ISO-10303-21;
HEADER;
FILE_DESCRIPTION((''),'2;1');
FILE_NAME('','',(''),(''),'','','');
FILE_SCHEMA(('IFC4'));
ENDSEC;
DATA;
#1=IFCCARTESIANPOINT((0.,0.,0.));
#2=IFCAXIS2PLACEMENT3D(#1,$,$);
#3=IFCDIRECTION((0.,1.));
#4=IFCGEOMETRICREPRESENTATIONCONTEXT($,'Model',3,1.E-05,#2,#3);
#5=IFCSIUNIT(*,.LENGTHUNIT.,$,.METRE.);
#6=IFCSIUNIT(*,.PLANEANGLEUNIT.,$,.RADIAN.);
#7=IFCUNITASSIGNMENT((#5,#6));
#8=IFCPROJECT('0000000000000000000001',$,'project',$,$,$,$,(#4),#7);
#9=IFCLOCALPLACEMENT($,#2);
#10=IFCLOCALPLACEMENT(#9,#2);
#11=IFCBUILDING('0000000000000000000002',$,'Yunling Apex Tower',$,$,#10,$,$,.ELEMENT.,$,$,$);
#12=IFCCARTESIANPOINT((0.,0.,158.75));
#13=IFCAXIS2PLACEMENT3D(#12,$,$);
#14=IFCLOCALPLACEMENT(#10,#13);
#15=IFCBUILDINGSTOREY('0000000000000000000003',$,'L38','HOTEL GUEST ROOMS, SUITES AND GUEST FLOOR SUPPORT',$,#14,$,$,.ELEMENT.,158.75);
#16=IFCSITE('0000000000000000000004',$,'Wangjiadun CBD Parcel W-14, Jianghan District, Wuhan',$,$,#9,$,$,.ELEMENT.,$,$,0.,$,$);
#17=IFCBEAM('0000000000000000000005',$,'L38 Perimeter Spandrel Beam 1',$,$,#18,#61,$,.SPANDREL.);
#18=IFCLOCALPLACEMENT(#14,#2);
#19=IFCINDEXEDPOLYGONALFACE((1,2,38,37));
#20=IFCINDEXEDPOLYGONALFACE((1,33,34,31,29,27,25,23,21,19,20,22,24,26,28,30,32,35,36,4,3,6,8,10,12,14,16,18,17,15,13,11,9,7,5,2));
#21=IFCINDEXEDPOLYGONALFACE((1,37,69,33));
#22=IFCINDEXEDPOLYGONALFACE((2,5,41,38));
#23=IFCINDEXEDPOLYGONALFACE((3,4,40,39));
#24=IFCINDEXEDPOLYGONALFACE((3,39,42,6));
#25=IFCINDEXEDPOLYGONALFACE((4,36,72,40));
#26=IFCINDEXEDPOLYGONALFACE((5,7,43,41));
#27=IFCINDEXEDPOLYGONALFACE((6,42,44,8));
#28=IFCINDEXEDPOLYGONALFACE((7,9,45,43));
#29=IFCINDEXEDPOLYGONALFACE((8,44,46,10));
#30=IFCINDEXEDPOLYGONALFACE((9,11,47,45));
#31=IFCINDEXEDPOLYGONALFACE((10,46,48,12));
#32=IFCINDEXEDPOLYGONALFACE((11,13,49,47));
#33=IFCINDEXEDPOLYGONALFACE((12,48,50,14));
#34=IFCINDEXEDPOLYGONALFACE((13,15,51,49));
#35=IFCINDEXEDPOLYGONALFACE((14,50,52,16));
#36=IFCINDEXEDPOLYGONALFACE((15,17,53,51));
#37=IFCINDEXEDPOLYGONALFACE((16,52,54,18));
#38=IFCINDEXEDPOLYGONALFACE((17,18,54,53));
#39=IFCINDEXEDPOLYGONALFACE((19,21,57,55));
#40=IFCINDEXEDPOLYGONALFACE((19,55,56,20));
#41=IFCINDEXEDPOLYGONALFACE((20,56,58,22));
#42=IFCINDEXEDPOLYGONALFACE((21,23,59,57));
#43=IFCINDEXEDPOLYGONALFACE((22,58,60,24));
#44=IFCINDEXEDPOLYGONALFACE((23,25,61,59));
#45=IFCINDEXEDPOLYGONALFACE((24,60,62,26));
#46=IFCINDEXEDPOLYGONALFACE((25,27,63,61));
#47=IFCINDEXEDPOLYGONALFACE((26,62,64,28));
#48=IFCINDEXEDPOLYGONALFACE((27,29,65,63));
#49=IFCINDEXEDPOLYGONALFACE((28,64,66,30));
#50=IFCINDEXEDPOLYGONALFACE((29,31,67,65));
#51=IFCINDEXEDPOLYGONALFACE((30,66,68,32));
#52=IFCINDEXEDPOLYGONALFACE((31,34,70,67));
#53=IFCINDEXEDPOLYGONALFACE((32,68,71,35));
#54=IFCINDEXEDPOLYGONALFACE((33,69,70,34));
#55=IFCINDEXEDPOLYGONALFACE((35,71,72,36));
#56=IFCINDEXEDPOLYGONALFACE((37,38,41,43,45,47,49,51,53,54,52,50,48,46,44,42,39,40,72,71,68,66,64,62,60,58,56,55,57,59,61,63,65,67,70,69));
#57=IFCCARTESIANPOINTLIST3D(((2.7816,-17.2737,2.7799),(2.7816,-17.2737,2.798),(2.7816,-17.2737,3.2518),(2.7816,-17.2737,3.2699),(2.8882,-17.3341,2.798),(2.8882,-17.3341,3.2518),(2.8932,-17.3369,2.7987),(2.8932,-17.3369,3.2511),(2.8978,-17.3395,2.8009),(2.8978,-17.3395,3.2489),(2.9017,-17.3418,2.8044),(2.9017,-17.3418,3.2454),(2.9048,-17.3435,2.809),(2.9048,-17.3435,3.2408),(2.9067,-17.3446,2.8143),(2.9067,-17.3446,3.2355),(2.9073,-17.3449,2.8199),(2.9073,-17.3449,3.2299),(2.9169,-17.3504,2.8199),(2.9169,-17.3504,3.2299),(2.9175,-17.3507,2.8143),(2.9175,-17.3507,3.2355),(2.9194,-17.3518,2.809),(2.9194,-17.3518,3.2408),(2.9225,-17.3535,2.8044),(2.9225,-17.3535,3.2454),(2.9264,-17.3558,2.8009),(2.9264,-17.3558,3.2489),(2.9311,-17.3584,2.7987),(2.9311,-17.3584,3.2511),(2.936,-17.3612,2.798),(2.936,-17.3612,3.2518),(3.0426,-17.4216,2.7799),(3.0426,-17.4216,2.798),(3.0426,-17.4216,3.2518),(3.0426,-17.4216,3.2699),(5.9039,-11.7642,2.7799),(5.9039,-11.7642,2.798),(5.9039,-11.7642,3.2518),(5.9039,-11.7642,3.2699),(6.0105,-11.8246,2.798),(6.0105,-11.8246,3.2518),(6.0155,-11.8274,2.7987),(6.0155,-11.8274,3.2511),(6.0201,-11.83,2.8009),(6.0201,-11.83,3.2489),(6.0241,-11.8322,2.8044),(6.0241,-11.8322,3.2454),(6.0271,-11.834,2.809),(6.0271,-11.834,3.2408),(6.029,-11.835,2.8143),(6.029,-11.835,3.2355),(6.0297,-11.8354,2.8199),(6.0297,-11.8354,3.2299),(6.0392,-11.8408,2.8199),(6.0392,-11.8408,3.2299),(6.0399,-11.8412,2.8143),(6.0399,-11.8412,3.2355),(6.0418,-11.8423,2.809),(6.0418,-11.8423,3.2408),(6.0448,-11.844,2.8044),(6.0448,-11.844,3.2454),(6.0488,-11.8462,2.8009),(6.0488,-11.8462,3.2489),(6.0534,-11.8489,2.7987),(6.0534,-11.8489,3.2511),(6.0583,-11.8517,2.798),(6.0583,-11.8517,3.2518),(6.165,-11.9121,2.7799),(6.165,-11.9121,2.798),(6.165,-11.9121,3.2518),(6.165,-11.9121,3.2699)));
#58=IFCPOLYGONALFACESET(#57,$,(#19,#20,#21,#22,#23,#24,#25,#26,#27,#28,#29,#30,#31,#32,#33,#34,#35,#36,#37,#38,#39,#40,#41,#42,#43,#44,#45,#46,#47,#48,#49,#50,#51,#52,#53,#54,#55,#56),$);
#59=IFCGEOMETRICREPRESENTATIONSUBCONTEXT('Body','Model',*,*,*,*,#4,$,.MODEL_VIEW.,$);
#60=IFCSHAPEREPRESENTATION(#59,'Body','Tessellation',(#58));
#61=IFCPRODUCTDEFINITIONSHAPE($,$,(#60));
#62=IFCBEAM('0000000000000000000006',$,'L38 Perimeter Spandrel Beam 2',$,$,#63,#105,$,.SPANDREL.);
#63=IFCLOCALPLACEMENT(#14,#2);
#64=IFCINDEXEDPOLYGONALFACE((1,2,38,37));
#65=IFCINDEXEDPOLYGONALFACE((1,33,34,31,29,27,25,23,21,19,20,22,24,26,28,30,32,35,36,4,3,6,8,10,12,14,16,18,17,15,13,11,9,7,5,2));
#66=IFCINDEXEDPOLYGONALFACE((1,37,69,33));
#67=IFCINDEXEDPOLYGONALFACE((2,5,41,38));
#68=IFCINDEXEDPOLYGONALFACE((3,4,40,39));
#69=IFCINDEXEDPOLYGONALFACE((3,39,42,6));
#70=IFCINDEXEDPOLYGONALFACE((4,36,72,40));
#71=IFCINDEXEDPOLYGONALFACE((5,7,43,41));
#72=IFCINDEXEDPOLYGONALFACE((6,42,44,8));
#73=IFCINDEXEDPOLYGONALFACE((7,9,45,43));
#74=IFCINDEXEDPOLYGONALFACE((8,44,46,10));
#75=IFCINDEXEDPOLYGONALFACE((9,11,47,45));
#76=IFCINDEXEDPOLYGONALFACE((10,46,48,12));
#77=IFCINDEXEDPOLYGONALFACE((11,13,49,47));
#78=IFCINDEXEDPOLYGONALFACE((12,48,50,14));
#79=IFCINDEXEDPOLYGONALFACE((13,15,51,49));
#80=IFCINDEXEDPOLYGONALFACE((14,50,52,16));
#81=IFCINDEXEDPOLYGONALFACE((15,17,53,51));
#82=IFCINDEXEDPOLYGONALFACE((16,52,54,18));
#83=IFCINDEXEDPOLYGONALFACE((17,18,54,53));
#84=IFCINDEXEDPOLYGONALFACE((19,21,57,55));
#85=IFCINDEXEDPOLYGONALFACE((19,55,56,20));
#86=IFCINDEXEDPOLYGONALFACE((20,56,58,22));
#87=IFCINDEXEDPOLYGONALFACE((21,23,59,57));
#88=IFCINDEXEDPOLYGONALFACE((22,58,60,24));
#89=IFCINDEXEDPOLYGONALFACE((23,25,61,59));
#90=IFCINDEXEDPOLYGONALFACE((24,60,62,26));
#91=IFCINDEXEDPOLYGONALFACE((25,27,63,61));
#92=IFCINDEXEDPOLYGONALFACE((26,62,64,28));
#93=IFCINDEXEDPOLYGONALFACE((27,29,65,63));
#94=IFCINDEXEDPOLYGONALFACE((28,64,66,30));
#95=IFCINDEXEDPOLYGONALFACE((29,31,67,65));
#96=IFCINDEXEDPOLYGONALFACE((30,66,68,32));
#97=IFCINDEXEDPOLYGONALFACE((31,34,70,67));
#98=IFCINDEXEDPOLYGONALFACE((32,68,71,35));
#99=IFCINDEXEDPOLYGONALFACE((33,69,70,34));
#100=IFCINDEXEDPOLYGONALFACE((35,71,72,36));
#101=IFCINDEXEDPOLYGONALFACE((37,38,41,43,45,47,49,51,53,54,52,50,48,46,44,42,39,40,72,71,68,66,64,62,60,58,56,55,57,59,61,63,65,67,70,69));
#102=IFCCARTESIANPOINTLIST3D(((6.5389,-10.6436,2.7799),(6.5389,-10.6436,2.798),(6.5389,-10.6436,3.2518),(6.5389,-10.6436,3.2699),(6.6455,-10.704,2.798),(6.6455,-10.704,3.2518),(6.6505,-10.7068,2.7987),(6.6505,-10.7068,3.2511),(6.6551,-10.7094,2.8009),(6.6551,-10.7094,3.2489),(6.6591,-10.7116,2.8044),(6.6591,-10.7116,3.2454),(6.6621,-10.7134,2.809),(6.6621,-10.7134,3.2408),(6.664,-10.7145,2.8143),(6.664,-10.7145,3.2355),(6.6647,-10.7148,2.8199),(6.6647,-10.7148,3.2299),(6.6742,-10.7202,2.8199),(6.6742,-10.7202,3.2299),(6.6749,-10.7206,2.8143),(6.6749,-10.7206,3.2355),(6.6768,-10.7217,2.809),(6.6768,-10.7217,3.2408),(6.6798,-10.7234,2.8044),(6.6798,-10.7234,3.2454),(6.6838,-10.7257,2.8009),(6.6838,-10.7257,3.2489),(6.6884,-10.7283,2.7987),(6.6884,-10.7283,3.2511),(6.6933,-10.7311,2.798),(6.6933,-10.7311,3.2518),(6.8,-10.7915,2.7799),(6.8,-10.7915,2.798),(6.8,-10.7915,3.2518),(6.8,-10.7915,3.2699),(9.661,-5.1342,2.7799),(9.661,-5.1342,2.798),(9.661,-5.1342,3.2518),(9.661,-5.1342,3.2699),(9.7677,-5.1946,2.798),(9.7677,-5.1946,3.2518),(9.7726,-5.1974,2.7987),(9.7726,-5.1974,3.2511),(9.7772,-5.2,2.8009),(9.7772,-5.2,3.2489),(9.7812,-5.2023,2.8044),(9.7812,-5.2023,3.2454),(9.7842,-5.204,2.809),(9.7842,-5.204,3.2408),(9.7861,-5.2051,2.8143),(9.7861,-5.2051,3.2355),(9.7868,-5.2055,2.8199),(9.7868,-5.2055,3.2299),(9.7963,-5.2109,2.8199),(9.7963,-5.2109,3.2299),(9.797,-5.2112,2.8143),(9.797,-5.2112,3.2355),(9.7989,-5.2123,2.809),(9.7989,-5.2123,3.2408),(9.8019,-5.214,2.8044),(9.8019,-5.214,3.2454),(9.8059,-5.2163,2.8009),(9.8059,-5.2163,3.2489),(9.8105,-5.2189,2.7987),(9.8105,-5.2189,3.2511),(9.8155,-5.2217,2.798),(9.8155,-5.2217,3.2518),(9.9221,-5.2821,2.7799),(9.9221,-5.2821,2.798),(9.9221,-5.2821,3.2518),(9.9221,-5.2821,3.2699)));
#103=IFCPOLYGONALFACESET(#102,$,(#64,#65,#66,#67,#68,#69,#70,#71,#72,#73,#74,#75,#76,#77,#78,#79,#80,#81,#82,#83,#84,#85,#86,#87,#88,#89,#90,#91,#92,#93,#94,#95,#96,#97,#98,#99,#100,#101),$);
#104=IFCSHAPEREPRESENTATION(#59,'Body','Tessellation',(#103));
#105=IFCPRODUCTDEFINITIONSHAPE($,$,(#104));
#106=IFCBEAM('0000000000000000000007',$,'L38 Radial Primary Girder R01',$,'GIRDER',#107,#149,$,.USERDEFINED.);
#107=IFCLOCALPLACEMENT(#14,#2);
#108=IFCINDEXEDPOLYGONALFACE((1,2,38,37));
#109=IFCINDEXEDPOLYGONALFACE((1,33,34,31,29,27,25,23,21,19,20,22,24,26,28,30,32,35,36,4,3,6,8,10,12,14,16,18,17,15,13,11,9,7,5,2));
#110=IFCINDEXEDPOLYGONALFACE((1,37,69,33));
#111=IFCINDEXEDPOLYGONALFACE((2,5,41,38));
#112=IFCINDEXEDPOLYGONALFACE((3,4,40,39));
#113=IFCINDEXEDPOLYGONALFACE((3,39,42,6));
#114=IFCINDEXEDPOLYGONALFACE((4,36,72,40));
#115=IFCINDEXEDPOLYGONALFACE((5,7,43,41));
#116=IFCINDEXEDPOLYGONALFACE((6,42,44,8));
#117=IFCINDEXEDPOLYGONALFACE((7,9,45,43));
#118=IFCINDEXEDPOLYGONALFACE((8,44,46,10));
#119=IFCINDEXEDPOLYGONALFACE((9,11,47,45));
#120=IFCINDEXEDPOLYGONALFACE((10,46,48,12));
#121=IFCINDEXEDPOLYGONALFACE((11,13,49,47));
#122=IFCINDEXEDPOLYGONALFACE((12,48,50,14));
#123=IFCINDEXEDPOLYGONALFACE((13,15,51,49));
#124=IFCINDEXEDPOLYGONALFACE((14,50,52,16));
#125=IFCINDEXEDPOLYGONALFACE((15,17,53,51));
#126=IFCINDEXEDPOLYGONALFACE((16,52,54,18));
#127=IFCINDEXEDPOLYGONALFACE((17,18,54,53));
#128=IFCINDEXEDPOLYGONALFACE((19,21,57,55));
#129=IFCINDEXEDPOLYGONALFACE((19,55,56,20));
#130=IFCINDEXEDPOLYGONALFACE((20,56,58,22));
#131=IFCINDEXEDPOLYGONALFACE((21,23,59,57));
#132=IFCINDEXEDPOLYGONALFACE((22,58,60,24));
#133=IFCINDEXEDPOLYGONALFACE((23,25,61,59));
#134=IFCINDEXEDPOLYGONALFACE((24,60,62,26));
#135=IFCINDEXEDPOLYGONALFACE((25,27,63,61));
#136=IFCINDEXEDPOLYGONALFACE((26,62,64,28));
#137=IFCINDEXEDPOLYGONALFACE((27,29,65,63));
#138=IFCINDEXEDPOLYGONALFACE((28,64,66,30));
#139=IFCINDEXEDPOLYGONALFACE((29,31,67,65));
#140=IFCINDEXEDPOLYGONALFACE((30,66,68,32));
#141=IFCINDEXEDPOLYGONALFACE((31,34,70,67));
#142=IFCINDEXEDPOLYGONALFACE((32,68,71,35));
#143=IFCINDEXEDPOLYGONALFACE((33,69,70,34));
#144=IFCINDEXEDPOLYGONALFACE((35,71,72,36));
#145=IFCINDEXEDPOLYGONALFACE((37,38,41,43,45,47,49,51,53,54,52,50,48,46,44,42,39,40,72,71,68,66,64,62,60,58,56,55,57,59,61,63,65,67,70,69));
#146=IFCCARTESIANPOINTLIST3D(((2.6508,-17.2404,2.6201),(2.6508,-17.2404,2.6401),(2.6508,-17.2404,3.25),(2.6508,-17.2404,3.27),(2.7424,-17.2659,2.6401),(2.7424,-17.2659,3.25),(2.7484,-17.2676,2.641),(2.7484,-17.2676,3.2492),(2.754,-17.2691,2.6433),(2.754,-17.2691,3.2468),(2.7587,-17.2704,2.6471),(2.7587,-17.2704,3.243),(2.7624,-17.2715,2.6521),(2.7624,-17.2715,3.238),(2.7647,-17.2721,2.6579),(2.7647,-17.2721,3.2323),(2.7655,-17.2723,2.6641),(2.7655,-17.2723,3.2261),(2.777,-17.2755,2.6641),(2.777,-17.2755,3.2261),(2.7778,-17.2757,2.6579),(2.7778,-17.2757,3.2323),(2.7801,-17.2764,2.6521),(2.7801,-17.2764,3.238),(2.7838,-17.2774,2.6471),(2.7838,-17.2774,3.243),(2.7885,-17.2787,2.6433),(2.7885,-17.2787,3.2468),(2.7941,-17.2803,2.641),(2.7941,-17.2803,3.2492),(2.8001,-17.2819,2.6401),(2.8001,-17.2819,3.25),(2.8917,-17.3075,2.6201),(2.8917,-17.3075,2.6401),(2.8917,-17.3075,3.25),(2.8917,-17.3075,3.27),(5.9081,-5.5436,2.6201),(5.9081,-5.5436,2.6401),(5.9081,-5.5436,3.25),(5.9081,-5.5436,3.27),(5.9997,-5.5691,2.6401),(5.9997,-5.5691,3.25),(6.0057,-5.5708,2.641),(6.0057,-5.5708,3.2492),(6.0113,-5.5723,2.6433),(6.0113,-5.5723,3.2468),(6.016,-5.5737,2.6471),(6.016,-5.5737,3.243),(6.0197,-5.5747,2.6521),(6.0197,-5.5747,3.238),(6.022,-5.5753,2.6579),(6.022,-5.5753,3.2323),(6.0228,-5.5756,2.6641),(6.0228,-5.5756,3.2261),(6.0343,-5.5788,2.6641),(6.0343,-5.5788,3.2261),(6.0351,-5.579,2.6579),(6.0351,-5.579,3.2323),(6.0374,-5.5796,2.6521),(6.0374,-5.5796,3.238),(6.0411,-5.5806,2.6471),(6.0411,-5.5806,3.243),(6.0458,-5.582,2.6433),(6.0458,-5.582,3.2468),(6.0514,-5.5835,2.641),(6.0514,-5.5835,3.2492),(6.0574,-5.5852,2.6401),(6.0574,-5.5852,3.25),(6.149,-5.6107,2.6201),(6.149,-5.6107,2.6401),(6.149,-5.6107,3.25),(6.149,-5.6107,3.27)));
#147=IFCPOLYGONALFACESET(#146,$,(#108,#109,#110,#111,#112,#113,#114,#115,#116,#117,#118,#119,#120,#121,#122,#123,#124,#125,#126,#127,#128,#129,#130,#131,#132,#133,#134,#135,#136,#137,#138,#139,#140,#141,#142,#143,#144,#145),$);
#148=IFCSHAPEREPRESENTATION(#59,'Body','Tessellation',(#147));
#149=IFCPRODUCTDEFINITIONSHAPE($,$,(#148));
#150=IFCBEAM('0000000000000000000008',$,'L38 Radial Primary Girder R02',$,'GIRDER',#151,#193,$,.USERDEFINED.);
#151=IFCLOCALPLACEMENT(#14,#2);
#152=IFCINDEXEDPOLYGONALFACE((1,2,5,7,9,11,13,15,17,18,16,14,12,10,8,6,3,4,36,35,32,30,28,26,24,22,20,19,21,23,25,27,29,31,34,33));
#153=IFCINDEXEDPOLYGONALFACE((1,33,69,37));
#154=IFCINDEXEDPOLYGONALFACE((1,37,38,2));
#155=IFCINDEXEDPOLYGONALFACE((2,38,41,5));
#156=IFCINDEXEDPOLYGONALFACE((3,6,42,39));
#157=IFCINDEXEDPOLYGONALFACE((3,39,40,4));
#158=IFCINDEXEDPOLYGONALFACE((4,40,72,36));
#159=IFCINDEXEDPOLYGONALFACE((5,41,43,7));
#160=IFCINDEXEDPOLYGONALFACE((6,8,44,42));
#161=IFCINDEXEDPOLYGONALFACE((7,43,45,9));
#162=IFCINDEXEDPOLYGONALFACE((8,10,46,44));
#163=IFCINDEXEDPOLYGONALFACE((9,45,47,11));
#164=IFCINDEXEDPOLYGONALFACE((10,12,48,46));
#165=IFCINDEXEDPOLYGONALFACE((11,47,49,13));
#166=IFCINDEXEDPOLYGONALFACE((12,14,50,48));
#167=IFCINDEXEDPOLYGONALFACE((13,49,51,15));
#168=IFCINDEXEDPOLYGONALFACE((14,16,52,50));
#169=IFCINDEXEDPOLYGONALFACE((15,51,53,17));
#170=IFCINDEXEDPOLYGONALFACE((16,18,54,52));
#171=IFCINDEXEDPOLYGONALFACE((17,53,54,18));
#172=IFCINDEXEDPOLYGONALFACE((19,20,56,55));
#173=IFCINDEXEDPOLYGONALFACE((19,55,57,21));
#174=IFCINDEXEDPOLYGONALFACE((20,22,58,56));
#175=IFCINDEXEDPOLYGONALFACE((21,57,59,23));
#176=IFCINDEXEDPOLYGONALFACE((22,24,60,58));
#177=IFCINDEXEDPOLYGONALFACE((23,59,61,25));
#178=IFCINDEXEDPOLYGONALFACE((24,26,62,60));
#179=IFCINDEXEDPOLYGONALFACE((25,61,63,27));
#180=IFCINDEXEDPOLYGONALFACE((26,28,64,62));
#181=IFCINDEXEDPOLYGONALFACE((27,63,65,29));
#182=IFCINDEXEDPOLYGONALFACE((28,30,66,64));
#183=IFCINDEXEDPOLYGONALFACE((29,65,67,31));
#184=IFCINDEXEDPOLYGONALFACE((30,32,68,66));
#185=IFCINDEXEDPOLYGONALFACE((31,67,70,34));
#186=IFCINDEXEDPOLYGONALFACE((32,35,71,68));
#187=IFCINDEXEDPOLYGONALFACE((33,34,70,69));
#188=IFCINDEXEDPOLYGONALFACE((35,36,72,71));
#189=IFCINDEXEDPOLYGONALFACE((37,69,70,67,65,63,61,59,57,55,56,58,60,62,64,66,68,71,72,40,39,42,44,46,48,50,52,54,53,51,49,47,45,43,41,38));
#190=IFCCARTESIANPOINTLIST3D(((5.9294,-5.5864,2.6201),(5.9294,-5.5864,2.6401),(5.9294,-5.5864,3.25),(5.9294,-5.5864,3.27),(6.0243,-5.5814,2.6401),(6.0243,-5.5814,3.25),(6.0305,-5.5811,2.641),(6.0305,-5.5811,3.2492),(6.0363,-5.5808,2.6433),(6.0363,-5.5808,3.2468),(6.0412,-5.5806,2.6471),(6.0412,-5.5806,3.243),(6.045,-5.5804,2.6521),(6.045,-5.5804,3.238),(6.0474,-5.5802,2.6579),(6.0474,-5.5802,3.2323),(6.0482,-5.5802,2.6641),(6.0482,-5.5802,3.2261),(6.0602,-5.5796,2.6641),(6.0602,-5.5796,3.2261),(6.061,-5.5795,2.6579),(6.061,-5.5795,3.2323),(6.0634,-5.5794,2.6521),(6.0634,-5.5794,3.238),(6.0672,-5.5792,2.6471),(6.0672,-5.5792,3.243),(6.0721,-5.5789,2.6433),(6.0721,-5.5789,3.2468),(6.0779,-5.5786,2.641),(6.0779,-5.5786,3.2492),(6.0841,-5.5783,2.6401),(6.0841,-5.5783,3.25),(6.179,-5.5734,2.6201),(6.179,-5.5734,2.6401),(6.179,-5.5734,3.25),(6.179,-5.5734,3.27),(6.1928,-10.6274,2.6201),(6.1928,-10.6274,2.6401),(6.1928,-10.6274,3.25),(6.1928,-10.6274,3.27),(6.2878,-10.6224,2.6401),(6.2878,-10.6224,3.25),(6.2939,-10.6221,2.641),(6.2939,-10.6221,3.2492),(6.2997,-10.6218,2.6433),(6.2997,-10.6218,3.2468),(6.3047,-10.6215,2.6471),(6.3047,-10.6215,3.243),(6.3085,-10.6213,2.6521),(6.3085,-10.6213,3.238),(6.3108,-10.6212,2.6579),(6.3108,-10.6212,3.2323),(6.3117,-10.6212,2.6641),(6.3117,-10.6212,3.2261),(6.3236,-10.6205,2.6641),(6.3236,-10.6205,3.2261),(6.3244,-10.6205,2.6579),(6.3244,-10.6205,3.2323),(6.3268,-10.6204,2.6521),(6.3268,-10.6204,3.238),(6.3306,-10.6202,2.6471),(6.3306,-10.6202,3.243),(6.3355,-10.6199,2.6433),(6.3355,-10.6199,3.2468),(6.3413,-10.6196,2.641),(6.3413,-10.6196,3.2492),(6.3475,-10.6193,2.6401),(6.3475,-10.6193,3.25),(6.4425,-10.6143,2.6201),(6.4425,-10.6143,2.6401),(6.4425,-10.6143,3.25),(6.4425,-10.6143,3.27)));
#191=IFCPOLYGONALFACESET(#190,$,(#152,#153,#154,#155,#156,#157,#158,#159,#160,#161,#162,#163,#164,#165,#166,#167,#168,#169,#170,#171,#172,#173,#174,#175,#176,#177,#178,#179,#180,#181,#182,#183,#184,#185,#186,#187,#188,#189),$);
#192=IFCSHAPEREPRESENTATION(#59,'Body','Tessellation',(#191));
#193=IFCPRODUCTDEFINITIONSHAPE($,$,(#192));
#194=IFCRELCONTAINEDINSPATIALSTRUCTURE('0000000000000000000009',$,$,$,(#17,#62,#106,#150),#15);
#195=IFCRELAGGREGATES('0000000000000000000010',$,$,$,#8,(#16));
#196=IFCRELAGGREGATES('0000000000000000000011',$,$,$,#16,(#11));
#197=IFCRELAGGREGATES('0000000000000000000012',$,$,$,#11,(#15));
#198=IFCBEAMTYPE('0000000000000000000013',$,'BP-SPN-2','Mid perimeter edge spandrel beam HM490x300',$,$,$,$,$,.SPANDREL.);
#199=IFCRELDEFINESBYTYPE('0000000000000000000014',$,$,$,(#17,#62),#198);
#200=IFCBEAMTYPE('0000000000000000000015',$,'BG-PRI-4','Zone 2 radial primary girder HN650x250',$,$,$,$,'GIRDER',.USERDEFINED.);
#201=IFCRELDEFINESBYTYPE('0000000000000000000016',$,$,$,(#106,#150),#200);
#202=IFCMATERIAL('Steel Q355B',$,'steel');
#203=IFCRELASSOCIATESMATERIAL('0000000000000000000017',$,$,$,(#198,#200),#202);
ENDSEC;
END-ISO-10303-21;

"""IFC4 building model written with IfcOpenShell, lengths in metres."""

from ifc_helpers import new_model, si_unit, direction, frame, origin, origin_2d, place, context, subcontext, project, spatial, i_section, extrude, source, transform, mapped, material, material_profile, profile_set, type_object, element, save


model = new_model("IFC4")

# Units and contexts
model_context = context("Model", 3, precision=1e-05, world=origin(), true_north=direction((0.0, 1.0)))
body_context = subcontext(model_context, "Body", "Model", "MODEL_VIEW")
ifc_project = project(units=[si_unit("LENGTHUNIT", "METRE"), si_unit("PLANEANGLEUNIT", "RADIAN")], contexts=[model_context])

# Site, building, storey
site_placement = place(None, origin())
site = spatial("IfcSite", under=ifc_project, at=site_placement, Name="Wangjiadun CBD Parcel W-14, Jianghan District, Wuhan", CompositionType="ELEMENT", RefElevation=0.0)
building_placement = place(site_placement, origin())
building = spatial("IfcBuilding", under=site, at=building_placement, Name="Yunling Apex Tower", CompositionType="ELEMENT")
storey_placement = place(building_placement, frame((0.0, 0.0, 158.75)))
storey = spatial("IfcBuildingStorey", under=building, at=storey_placement, Name="L38", Description="HOTEL GUEST ROOMS, SUITES AND GUEST FLOOR SUPPORT", CompositionType="ELEMENT", Elevation=158.75)

# Beams
ifc_material_1 = material(Name="Steel Q355B", Category="steel")
ifc_material_profile_1 = material_profile(ifc_material_1, i_section(OverallWidth=0.3, OverallDepth=0.49, WebThickness=0.011, FlangeThickness=0.0181, FilletRadius=0.022, at=origin_2d()))
ifc_profile_set_1 = profile_set([ifc_material_profile_1], Name="Steel Q355B")
beam_type_1 = type_object("IfcBeamType", Name="BP-SPN-2", Description="Mid perimeter edge spandrel beam HM490x300", PredefinedType="SPANDREL", material=ifc_profile_set_1)
shared_shape_1 = source(origin(), body_context, "Body", "SweptSolid", [
    extrude(i_section(OverallWidth=0.3, OverallDepth=0.49, WebThickness=0.011, FlangeThickness=0.0181, FilletRadius=0.022, at=origin_2d()), origin(), (0.0, 0.0, 1.0), 6.3328),
])
beam_1_placement = place(storey_placement, frame((2.9121, -17.3477, 3.0249), z_axis=(0.493043, 0.870005, 0.0), x_axis=(-0.870005, 0.493043, 0.0)))
element("IfcBeam", 1, at=beam_1_placement, inside=storey, type_object=beam_type_1, Name="L38 Perimeter Spandrel Beam 1", PredefinedType="SPANDREL", context=body_context, shape_type="MappedRepresentation", body=[
    mapped(shared_shape_1, transform((0.0, 0.0, 0.0), scale=1.0)),
])
shared_shape_2 = source(origin(), body_context, "Body", "SweptSolid", [
    extrude(i_section(OverallWidth=0.3, OverallDepth=0.49, WebThickness=0.011, FlangeThickness=0.0181, FilletRadius=0.022, at=origin_2d()), origin(), (0.0, 0.0, 1.0), 6.3325),
])
beam_2_placement = place(storey_placement, frame((6.6694, -10.7175, 3.0249), z_axis=(0.49303, 0.870012, 0.0), x_axis=(-0.870012, 0.49303, 0.0)))
element("IfcBeam", 2, at=beam_2_placement, inside=storey, type_object=beam_type_1, Name="L38 Perimeter Spandrel Beam 2", PredefinedType="SPANDREL", context=body_context, shape_type="MappedRepresentation", body=[
    mapped(shared_shape_2, transform((0.0, 0.0, 0.0), scale=1.0)),
])
ifc_material_profile_2 = material_profile(ifc_material_1, i_section(OverallWidth=0.25, OverallDepth=0.6499, WebThickness=0.012, FlangeThickness=0.02, FilletRadius=0.0239, at=origin_2d()))
ifc_profile_set_2 = profile_set([ifc_material_profile_2], Name="Steel Q355B")
beam_type_2 = type_object("IfcBeamType", Name="BG-PRI-4", Description="Zone 2 radial primary girder HN650x250", ElementType="GIRDER", PredefinedType="USERDEFINED", material=ifc_profile_set_2)
shared_shape_3 = source(origin(), body_context, "Body", "SweptSolid", [
    extrude(i_section(OverallWidth=0.25, OverallDepth=0.6499, WebThickness=0.012, FlangeThickness=0.02, FilletRadius=0.0239, at=origin_2d()), origin(), (0.0, 0.0, 1.0), 12.1418),
])
beam_3_placement = place(storey_placement, frame((2.7712, -17.2739, 2.9451), z_axis=(0.268272, 0.963343, 0.0), x_axis=(-0.963343, 0.268272, 0.0)))
element("IfcBeam", 3, at=beam_3_placement, inside=storey, type_object=beam_type_2, Name="L38 Radial Primary Girder R01", ObjectType="GIRDER", PredefinedType="USERDEFINED", context=body_context, shape_type="MappedRepresentation", body=[
    mapped(shared_shape_3, transform((0.0, 0.0, 0.0), scale=1.0)),
])
shared_shape_4 = source(origin(), body_context, "Body", "SweptSolid", [
    extrude(i_section(OverallWidth=0.25, OverallDepth=0.6499, WebThickness=0.012, FlangeThickness=0.02, FilletRadius=0.0239, at=origin_2d()), origin(), (0.0, 0.0, 1.0), 5.0479),
])
beam_4_placement = place(storey_placement, frame((6.3176, -10.6208, 2.9451), z_axis=(-0.052186, 0.998637, 0.0), x_axis=(-0.998637, -0.052186, 0.0)))
element("IfcBeam", 4, at=beam_4_placement, inside=storey, type_object=beam_type_2, Name="L38 Radial Primary Girder R02", ObjectType="GIRDER", PredefinedType="USERDEFINED", context=body_context, shape_type="MappedRepresentation", body=[
    mapped(shared_shape_4, transform((0.0, 0.0, 0.0), scale=1.0)),
])

save(model, "model.ifc")
